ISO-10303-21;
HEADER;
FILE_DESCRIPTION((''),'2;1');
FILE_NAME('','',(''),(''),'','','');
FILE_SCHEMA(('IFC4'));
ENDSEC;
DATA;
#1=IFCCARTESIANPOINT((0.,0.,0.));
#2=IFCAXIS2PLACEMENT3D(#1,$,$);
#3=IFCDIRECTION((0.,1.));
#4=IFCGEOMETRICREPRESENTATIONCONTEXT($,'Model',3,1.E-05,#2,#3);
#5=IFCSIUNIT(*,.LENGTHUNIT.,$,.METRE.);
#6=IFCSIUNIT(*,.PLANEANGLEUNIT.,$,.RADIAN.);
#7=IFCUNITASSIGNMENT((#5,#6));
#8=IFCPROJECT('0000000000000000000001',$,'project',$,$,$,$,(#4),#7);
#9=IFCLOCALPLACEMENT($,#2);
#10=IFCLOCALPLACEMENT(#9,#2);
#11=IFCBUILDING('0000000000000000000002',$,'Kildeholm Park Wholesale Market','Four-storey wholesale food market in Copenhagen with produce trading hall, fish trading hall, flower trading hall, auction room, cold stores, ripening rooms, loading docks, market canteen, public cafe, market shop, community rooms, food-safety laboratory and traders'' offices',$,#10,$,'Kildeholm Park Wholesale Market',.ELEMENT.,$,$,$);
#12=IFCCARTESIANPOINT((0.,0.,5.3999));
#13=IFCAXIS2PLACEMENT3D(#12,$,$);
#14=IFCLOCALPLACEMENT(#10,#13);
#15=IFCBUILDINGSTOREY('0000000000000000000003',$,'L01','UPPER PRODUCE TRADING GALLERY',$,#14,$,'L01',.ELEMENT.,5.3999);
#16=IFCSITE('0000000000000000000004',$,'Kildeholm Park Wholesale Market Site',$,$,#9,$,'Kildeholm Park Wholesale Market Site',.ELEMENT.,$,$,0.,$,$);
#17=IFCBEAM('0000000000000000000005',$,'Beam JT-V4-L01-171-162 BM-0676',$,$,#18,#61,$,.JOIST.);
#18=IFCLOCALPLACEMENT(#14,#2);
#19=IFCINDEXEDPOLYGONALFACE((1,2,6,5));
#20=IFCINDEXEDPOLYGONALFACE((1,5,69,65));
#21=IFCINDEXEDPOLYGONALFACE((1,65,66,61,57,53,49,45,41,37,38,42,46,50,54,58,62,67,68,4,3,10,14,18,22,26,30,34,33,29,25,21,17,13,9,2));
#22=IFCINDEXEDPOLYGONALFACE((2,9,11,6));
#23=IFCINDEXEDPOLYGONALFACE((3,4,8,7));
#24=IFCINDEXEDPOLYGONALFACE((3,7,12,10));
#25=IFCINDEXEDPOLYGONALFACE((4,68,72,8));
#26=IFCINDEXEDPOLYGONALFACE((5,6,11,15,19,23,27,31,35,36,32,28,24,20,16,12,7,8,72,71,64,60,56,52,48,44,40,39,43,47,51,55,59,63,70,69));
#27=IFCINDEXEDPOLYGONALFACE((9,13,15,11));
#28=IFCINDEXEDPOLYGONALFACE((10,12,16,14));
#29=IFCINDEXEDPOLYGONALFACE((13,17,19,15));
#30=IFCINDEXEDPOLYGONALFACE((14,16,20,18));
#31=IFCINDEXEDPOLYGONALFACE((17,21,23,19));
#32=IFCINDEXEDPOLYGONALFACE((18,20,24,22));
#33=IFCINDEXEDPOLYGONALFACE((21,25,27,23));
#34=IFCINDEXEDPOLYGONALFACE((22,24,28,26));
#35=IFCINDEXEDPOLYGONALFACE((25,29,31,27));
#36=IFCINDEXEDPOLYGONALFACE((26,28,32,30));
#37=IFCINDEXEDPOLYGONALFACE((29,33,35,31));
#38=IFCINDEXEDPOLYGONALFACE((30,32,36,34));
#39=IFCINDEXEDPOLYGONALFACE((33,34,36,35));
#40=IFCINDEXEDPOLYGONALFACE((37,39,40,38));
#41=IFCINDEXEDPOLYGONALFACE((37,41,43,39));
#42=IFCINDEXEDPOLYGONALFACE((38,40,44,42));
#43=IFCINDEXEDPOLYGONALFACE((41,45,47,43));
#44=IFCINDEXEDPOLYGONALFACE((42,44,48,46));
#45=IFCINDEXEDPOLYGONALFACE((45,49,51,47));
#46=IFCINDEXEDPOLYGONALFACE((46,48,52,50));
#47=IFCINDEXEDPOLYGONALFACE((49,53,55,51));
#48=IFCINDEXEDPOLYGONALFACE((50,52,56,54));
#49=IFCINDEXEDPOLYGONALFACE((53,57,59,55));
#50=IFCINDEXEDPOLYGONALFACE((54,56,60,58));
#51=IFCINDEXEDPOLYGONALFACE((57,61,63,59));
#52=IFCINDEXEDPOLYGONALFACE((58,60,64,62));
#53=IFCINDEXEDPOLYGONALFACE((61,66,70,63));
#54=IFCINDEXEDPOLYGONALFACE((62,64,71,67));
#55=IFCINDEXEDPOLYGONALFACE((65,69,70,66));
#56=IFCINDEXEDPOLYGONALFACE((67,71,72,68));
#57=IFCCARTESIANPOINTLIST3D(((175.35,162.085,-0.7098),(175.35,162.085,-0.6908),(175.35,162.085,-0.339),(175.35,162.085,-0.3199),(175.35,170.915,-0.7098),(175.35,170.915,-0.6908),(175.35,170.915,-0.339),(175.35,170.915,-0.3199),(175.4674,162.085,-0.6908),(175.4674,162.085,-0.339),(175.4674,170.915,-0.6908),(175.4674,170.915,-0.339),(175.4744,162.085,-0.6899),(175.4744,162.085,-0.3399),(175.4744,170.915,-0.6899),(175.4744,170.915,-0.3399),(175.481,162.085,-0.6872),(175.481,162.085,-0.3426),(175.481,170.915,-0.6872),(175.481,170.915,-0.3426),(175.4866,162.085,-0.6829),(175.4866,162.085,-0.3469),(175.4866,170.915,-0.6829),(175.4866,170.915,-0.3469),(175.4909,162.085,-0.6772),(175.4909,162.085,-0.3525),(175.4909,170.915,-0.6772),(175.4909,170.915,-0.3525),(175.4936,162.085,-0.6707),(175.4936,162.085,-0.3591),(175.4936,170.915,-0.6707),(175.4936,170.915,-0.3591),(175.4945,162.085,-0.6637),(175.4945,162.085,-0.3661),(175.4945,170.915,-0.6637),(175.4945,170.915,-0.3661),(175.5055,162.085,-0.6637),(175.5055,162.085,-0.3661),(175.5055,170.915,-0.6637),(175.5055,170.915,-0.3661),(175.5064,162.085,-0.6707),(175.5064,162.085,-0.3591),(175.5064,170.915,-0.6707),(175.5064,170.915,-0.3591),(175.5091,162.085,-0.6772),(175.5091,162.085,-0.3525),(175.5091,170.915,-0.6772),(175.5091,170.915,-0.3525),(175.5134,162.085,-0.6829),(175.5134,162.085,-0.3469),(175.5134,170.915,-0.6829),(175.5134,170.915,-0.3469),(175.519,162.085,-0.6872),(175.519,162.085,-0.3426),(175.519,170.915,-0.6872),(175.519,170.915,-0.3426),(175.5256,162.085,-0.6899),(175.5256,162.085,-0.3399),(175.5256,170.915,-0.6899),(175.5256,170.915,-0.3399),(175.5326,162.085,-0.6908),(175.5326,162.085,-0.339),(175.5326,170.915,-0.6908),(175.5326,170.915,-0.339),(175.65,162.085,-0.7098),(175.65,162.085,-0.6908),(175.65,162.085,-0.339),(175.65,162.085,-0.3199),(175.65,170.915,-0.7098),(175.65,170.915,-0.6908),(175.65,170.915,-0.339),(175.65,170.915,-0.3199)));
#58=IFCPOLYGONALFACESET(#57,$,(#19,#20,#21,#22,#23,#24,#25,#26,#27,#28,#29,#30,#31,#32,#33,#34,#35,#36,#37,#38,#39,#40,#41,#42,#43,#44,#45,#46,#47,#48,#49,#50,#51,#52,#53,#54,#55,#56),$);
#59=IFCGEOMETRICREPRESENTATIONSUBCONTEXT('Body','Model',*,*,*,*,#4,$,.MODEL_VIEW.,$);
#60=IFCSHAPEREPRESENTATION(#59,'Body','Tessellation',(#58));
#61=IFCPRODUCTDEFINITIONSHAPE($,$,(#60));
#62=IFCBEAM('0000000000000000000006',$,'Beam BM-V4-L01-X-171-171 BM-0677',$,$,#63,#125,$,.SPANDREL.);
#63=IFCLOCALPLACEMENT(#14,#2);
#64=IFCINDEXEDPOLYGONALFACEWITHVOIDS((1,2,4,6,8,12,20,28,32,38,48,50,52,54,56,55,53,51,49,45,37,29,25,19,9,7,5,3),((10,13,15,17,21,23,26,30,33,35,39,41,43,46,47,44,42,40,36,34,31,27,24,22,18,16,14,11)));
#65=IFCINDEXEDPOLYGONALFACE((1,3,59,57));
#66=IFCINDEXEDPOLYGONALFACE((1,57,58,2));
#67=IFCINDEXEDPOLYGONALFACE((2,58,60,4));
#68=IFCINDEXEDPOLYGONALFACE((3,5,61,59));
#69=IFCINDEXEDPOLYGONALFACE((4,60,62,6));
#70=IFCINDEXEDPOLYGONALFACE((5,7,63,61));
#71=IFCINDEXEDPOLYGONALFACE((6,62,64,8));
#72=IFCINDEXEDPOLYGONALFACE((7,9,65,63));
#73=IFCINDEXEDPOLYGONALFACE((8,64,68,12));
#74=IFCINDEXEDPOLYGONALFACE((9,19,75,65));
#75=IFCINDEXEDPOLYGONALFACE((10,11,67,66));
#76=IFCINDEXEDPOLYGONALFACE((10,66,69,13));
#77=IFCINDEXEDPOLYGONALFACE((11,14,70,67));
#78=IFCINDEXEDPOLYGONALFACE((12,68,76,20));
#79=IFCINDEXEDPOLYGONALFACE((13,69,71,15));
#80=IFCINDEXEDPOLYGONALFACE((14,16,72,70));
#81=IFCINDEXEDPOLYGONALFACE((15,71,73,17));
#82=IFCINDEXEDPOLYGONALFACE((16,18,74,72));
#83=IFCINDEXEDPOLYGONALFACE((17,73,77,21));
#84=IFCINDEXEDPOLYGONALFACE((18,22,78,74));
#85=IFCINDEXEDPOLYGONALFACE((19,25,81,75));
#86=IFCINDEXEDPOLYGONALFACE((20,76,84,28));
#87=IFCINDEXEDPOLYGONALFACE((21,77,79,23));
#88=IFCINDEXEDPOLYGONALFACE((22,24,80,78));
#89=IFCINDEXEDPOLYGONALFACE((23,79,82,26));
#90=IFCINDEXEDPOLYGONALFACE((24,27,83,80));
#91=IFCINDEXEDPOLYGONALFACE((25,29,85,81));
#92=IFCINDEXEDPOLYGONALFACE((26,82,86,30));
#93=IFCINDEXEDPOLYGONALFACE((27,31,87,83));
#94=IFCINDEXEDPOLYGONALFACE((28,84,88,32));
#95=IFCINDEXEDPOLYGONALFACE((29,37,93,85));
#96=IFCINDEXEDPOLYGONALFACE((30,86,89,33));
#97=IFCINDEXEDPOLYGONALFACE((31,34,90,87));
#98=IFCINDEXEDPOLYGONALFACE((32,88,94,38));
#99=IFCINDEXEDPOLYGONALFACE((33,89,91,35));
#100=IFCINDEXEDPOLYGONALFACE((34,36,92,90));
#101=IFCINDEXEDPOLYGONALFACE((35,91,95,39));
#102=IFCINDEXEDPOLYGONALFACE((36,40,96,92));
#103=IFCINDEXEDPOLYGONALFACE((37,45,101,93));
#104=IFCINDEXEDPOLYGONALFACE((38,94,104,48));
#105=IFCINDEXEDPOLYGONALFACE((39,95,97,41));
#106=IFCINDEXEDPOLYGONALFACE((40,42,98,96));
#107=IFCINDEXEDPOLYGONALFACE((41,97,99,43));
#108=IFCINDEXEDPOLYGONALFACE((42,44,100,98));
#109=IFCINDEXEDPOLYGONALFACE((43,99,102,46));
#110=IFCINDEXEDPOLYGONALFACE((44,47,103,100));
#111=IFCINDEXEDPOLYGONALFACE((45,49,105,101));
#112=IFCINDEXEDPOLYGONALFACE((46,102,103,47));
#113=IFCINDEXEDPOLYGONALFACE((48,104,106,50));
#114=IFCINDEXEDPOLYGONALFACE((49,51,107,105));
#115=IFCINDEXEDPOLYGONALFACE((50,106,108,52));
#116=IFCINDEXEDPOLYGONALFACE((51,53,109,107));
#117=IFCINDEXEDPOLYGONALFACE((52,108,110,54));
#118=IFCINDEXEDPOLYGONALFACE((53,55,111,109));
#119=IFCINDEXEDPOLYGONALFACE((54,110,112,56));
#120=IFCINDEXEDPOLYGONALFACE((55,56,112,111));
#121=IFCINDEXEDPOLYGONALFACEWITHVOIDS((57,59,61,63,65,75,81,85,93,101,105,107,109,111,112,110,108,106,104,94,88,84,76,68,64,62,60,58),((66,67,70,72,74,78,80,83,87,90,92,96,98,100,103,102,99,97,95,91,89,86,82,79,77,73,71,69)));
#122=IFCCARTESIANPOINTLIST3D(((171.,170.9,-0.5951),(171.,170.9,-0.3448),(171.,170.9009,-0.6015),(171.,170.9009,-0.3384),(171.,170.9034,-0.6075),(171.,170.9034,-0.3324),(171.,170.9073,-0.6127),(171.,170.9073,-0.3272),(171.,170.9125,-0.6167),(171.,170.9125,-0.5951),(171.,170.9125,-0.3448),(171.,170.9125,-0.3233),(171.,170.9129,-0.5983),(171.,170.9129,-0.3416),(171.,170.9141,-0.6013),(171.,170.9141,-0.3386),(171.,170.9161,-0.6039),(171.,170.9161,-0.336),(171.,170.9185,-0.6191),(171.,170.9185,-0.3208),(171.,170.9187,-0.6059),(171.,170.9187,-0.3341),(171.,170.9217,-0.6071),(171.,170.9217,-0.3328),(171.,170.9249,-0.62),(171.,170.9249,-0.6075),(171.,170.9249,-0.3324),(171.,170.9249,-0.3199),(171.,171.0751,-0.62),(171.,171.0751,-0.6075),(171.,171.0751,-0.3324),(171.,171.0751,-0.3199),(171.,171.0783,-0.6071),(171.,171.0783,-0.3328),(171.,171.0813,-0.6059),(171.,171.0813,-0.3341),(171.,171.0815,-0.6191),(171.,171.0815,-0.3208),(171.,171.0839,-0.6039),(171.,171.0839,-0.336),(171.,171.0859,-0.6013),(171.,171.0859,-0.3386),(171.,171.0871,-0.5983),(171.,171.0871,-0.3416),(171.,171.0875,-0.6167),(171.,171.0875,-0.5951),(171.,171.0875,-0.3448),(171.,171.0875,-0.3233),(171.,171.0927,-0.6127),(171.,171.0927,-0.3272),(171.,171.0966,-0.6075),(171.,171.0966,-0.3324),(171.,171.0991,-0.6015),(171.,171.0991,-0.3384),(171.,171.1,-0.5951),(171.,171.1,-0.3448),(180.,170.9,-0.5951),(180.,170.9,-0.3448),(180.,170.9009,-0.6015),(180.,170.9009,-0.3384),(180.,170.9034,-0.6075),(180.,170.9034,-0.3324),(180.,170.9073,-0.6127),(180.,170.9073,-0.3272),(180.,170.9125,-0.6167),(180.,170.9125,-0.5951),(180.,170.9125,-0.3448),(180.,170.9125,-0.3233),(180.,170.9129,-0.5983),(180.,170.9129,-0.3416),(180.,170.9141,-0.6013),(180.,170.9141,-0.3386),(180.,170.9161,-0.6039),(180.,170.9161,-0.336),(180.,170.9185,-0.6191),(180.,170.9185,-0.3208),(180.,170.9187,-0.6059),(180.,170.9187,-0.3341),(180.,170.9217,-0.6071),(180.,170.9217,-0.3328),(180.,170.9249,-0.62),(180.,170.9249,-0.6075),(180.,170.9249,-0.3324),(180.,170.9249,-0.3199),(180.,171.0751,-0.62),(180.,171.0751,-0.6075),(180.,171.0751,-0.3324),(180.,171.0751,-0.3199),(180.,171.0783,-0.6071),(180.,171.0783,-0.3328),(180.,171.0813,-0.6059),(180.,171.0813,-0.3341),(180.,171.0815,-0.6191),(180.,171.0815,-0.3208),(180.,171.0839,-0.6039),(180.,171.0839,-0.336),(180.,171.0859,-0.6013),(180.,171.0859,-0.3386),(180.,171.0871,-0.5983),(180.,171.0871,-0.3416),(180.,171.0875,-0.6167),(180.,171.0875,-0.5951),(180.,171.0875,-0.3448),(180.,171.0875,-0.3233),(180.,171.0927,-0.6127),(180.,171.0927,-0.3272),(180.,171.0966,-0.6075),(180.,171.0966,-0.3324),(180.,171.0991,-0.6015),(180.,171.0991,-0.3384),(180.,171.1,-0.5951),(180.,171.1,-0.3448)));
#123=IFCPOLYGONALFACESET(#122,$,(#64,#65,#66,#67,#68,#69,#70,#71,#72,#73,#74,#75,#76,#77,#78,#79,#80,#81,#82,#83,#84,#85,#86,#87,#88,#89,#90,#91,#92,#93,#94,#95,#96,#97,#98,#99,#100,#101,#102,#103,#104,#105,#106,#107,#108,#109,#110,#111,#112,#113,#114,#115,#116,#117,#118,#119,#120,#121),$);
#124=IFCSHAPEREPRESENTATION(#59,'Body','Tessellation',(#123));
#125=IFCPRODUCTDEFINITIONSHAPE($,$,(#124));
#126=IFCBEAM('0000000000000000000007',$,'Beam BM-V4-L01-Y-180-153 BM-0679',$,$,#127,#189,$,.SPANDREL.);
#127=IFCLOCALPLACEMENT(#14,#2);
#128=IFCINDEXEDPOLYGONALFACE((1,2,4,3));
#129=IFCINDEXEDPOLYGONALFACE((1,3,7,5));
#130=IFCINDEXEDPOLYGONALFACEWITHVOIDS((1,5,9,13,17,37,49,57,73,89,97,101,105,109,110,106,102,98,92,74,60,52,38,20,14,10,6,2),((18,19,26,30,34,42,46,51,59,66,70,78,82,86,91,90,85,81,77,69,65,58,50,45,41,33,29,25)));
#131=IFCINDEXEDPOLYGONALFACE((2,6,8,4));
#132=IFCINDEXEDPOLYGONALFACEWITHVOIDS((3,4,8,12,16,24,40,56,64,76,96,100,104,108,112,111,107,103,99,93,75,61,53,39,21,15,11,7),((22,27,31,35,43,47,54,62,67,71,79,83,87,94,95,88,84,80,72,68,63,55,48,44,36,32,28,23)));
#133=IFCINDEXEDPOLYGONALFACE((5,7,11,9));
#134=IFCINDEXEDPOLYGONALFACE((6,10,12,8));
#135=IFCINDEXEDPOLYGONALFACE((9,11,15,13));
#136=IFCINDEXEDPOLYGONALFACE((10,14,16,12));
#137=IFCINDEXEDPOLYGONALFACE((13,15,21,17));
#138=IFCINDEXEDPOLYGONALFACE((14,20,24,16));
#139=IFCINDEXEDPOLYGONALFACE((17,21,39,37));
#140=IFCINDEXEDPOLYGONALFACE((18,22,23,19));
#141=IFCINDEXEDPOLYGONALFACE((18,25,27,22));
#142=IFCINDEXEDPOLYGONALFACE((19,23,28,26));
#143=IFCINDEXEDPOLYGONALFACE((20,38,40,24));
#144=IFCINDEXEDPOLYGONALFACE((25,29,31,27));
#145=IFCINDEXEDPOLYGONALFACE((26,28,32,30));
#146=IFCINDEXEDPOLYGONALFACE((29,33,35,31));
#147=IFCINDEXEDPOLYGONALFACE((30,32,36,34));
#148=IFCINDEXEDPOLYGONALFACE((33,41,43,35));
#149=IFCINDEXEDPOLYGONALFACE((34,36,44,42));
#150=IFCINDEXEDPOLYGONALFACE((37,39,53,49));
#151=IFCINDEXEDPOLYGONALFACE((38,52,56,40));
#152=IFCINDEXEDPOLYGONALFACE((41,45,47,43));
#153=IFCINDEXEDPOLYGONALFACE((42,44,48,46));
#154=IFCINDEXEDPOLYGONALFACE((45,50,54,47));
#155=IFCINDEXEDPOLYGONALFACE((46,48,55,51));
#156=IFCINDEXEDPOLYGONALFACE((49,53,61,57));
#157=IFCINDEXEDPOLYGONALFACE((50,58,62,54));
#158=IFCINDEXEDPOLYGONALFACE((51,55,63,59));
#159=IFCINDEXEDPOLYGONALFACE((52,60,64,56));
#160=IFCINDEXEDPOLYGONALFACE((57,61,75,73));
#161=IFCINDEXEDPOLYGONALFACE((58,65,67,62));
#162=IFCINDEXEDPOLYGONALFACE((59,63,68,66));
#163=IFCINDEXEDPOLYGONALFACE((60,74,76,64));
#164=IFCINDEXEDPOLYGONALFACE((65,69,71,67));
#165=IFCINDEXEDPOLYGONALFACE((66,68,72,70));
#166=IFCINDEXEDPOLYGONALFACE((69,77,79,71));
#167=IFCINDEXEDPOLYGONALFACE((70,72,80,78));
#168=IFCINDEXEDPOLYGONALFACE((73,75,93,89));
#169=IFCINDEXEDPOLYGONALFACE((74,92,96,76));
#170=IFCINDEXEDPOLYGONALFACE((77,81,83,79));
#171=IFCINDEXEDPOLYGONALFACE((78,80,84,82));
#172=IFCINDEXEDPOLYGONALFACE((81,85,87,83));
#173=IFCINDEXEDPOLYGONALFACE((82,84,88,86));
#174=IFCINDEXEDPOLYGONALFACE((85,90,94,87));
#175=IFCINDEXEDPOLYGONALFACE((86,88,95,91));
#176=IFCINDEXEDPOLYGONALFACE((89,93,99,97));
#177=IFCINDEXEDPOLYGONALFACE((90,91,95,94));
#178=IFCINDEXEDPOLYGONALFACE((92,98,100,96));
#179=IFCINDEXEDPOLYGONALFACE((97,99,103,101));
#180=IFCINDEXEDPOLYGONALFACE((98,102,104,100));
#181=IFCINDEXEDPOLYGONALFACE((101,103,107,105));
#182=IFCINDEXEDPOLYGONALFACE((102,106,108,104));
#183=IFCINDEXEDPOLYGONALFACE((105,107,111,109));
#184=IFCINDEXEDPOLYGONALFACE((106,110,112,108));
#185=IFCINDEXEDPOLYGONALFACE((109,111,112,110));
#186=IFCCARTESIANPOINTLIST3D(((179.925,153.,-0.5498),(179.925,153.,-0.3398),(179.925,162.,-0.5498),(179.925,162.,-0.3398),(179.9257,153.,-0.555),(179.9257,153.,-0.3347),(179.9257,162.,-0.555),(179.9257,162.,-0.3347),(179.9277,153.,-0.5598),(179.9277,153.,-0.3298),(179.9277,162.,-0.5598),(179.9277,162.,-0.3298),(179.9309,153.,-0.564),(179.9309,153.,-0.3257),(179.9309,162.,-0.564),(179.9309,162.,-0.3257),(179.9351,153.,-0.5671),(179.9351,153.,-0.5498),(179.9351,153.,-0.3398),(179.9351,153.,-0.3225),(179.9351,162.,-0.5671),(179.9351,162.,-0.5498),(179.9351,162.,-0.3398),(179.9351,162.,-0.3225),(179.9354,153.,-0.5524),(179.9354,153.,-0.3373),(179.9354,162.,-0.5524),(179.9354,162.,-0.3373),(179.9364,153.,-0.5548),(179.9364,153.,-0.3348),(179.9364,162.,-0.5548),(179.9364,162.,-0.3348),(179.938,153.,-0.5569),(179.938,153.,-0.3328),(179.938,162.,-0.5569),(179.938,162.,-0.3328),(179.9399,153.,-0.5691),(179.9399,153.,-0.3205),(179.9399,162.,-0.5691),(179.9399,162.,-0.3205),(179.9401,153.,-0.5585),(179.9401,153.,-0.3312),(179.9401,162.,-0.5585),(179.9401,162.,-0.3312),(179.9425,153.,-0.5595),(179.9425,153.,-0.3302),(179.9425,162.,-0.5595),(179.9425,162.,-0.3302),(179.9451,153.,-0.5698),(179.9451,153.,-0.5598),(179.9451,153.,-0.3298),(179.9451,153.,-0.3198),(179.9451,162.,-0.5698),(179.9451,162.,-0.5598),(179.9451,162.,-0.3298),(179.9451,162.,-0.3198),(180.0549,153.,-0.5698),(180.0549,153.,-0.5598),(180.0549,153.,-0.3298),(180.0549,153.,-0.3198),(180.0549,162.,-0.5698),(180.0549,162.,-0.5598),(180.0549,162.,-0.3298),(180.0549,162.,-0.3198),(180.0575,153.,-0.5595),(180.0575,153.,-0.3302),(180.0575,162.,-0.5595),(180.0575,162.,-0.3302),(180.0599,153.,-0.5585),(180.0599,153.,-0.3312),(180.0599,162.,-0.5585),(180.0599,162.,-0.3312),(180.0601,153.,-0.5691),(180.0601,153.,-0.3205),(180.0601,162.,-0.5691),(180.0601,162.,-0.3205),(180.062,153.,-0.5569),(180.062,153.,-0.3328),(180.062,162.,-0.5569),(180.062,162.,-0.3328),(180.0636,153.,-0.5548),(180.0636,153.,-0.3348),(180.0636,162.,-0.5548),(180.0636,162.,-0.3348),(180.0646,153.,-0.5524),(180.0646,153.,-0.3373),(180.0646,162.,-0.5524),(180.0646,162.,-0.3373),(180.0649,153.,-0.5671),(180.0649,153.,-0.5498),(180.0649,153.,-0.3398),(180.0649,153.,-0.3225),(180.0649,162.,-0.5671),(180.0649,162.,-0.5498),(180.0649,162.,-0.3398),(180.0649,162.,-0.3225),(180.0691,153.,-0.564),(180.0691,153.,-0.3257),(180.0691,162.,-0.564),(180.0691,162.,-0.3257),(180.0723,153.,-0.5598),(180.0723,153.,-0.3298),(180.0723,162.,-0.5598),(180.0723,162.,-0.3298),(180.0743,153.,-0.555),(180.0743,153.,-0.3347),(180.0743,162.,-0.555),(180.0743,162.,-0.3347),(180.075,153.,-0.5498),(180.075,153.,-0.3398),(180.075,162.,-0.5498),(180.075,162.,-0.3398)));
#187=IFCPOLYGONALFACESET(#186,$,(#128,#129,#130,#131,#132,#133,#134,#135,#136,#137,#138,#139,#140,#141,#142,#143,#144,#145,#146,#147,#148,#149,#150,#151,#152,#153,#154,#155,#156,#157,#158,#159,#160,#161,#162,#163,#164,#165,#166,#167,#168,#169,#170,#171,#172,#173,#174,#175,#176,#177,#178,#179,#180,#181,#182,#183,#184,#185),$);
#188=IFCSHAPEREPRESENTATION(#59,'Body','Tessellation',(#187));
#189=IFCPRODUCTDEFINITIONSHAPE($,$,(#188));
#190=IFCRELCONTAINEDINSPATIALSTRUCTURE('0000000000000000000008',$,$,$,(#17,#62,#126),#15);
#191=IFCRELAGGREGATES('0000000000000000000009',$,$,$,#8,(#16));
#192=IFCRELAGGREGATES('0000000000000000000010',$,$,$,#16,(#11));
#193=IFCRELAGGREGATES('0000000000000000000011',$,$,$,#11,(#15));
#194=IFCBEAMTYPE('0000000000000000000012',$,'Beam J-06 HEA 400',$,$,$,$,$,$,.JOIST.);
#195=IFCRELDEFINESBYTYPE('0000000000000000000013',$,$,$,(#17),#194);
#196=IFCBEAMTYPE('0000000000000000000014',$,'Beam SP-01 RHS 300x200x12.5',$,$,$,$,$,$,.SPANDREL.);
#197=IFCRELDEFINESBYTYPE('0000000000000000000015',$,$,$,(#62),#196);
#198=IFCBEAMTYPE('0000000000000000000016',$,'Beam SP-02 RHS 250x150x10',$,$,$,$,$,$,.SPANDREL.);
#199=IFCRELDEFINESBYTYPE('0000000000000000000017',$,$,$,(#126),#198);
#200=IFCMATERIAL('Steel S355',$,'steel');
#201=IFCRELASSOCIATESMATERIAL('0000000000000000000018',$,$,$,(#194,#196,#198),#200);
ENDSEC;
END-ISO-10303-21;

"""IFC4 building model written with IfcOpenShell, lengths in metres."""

from ifc_helpers import new_model, si_unit, direction, frame, origin, origin_2d, place, context, subcontext, project, spatial, hollow_rectangle, i_section, extrude, material, material_profile, profile_set, type_object, element, save


model = new_model("IFC4")

# Units and contexts
model_context = context("Model", 3, precision=1e-05, world=origin(), true_north=direction((0.0, 1.0)))
body_context = subcontext(model_context, "Body", "Model", "MODEL_VIEW")
ifc_project = project(units=[si_unit("LENGTHUNIT", "METRE"), si_unit("PLANEANGLEUNIT", "RADIAN")], contexts=[model_context])

# Site, building, storey
site_placement = place(None, origin())
site = spatial("IfcSite", under=ifc_project, at=site_placement, Name="Kildeholm Park Wholesale Market Site", LongName="Kildeholm Park Wholesale Market Site", CompositionType="ELEMENT", RefElevation=0.0)
building_placement = place(site_placement, origin())
building = spatial("IfcBuilding", under=site, at=building_placement, Name="Kildeholm Park Wholesale Market", Description="Four-storey wholesale food market in Copenhagen with produce trading hall, fish trading hall, flower trading hall, auction room, cold stores, ripening rooms, loading docks, market canteen, public cafe, market shop, community rooms, food-safety laboratory and traders' offices", LongName="Kildeholm Park Wholesale Market", CompositionType="ELEMENT")
storey_placement = place(building_placement, frame((0.0, 0.0, 5.3999)))
storey = spatial("IfcBuildingStorey", under=building, at=storey_placement, Name="L01", Description="UPPER PRODUCE TRADING GALLERY", LongName="L01", CompositionType="ELEMENT", Elevation=5.3999)

# Beams
ifc_material_1 = material(Name="Steel S355", Category="steel")
ifc_material_profile_1 = material_profile(ifc_material_1, i_section(OverallWidth=0.3, OverallDepth=0.3899, WebThickness=0.011, FlangeThickness=0.019, FilletRadius=0.0271, at=origin_2d()), Name="HEA 400")
ifc_profile_set_1 = profile_set([ifc_material_profile_1], Name="Steel S355")
beam_type_1 = type_object("IfcBeamType", Name="Beam J-06 HEA 400", PredefinedType="JOIST", material=ifc_profile_set_1)
beam_1_placement = place(storey_placement, frame((175.5, 162.085, -0.5149), z_axis=(0.0, 1.0, 0.0), x_axis=(-1.0, 0.0, 0.0)))
element("IfcBeam", 1, at=beam_1_placement, inside=storey, type_object=beam_type_1, Name="Beam JT-V4-L01-171-162 BM-0676", PredefinedType="JOIST", context=body_context, shape_type="SweptSolid", body=[
    extrude(i_section(OverallWidth=0.3, OverallDepth=0.3899, WebThickness=0.011, FlangeThickness=0.019, FilletRadius=0.0271, at=origin_2d()), origin(), (0.0, 0.0, 1.0), 8.8301),
])
ifc_material_profile_2 = material_profile(ifc_material_1, hollow_rectangle(XDim=0.2, YDim=0.3, WallThickness=0.0125, InnerFilletRadius=0.0125, OuterFilletRadius=0.0249, at=origin_2d()), Name="RHS 300x200x12.5")
ifc_profile_set_2 = profile_set([ifc_material_profile_2], Name="Steel S355")
beam_type_2 = type_object("IfcBeamType", Name="Beam SP-01 RHS 300x200x12.5", PredefinedType="SPANDREL", material=ifc_profile_set_2)
beam_2_placement = place(storey_placement, frame((171.0, 171.0, -0.47), z_axis=(1.0, 0.0, 0.0), x_axis=(0.0, 1.0, 0.0)))
element("IfcBeam", 2, at=beam_2_placement, inside=storey, type_object=beam_type_2, Name="Beam BM-V4-L01-X-171-171 BM-0677", PredefinedType="SPANDREL", context=body_context, shape_type="SweptSolid", body=[
    extrude(hollow_rectangle(XDim=0.2, YDim=0.3, WallThickness=0.0125, InnerFilletRadius=0.0125, OuterFilletRadius=0.0249, at=origin_2d()), origin(), (0.0, 0.0, 1.0), 9.0),
])
ifc_material_profile_3 = material_profile(ifc_material_1, hollow_rectangle(XDim=0.1499, YDim=0.25, WallThickness=0.01, InnerFilletRadius=0.01, OuterFilletRadius=0.02, at=origin_2d()), Name="RHS 250x150x10")
ifc_profile_set_3 = profile_set([ifc_material_profile_3], Name="Steel S355")
beam_type_3 = type_object("IfcBeamType", Name="Beam SP-02 RHS 250x150x10", PredefinedType="SPANDREL", material=ifc_profile_set_3)
for number, where, z_axis, x_axis, name in (
    (3, (180.0, 153.0, -0.4448), (0.0, 1.0, 0.0), (-1.0, 0.0, 0.0), "Beam BM-V4-L01-Y-180-153 BM-0679"),
):
    element("IfcBeam", number, at=place(storey_placement, frame(where, z_axis=z_axis, x_axis=x_axis)), inside=storey, type_object=beam_type_3, Name=name, PredefinedType="SPANDREL", context=body_context, shape_type="SweptSolid", body=[
        extrude(hollow_rectangle(XDim=0.1499, YDim=0.25, WallThickness=0.01, InnerFilletRadius=0.01, OuterFilletRadius=0.02, at=origin_2d()), origin(), (0.0, 0.0, 1.0), 9.0),
    ])

save(model, "model.ifc")
